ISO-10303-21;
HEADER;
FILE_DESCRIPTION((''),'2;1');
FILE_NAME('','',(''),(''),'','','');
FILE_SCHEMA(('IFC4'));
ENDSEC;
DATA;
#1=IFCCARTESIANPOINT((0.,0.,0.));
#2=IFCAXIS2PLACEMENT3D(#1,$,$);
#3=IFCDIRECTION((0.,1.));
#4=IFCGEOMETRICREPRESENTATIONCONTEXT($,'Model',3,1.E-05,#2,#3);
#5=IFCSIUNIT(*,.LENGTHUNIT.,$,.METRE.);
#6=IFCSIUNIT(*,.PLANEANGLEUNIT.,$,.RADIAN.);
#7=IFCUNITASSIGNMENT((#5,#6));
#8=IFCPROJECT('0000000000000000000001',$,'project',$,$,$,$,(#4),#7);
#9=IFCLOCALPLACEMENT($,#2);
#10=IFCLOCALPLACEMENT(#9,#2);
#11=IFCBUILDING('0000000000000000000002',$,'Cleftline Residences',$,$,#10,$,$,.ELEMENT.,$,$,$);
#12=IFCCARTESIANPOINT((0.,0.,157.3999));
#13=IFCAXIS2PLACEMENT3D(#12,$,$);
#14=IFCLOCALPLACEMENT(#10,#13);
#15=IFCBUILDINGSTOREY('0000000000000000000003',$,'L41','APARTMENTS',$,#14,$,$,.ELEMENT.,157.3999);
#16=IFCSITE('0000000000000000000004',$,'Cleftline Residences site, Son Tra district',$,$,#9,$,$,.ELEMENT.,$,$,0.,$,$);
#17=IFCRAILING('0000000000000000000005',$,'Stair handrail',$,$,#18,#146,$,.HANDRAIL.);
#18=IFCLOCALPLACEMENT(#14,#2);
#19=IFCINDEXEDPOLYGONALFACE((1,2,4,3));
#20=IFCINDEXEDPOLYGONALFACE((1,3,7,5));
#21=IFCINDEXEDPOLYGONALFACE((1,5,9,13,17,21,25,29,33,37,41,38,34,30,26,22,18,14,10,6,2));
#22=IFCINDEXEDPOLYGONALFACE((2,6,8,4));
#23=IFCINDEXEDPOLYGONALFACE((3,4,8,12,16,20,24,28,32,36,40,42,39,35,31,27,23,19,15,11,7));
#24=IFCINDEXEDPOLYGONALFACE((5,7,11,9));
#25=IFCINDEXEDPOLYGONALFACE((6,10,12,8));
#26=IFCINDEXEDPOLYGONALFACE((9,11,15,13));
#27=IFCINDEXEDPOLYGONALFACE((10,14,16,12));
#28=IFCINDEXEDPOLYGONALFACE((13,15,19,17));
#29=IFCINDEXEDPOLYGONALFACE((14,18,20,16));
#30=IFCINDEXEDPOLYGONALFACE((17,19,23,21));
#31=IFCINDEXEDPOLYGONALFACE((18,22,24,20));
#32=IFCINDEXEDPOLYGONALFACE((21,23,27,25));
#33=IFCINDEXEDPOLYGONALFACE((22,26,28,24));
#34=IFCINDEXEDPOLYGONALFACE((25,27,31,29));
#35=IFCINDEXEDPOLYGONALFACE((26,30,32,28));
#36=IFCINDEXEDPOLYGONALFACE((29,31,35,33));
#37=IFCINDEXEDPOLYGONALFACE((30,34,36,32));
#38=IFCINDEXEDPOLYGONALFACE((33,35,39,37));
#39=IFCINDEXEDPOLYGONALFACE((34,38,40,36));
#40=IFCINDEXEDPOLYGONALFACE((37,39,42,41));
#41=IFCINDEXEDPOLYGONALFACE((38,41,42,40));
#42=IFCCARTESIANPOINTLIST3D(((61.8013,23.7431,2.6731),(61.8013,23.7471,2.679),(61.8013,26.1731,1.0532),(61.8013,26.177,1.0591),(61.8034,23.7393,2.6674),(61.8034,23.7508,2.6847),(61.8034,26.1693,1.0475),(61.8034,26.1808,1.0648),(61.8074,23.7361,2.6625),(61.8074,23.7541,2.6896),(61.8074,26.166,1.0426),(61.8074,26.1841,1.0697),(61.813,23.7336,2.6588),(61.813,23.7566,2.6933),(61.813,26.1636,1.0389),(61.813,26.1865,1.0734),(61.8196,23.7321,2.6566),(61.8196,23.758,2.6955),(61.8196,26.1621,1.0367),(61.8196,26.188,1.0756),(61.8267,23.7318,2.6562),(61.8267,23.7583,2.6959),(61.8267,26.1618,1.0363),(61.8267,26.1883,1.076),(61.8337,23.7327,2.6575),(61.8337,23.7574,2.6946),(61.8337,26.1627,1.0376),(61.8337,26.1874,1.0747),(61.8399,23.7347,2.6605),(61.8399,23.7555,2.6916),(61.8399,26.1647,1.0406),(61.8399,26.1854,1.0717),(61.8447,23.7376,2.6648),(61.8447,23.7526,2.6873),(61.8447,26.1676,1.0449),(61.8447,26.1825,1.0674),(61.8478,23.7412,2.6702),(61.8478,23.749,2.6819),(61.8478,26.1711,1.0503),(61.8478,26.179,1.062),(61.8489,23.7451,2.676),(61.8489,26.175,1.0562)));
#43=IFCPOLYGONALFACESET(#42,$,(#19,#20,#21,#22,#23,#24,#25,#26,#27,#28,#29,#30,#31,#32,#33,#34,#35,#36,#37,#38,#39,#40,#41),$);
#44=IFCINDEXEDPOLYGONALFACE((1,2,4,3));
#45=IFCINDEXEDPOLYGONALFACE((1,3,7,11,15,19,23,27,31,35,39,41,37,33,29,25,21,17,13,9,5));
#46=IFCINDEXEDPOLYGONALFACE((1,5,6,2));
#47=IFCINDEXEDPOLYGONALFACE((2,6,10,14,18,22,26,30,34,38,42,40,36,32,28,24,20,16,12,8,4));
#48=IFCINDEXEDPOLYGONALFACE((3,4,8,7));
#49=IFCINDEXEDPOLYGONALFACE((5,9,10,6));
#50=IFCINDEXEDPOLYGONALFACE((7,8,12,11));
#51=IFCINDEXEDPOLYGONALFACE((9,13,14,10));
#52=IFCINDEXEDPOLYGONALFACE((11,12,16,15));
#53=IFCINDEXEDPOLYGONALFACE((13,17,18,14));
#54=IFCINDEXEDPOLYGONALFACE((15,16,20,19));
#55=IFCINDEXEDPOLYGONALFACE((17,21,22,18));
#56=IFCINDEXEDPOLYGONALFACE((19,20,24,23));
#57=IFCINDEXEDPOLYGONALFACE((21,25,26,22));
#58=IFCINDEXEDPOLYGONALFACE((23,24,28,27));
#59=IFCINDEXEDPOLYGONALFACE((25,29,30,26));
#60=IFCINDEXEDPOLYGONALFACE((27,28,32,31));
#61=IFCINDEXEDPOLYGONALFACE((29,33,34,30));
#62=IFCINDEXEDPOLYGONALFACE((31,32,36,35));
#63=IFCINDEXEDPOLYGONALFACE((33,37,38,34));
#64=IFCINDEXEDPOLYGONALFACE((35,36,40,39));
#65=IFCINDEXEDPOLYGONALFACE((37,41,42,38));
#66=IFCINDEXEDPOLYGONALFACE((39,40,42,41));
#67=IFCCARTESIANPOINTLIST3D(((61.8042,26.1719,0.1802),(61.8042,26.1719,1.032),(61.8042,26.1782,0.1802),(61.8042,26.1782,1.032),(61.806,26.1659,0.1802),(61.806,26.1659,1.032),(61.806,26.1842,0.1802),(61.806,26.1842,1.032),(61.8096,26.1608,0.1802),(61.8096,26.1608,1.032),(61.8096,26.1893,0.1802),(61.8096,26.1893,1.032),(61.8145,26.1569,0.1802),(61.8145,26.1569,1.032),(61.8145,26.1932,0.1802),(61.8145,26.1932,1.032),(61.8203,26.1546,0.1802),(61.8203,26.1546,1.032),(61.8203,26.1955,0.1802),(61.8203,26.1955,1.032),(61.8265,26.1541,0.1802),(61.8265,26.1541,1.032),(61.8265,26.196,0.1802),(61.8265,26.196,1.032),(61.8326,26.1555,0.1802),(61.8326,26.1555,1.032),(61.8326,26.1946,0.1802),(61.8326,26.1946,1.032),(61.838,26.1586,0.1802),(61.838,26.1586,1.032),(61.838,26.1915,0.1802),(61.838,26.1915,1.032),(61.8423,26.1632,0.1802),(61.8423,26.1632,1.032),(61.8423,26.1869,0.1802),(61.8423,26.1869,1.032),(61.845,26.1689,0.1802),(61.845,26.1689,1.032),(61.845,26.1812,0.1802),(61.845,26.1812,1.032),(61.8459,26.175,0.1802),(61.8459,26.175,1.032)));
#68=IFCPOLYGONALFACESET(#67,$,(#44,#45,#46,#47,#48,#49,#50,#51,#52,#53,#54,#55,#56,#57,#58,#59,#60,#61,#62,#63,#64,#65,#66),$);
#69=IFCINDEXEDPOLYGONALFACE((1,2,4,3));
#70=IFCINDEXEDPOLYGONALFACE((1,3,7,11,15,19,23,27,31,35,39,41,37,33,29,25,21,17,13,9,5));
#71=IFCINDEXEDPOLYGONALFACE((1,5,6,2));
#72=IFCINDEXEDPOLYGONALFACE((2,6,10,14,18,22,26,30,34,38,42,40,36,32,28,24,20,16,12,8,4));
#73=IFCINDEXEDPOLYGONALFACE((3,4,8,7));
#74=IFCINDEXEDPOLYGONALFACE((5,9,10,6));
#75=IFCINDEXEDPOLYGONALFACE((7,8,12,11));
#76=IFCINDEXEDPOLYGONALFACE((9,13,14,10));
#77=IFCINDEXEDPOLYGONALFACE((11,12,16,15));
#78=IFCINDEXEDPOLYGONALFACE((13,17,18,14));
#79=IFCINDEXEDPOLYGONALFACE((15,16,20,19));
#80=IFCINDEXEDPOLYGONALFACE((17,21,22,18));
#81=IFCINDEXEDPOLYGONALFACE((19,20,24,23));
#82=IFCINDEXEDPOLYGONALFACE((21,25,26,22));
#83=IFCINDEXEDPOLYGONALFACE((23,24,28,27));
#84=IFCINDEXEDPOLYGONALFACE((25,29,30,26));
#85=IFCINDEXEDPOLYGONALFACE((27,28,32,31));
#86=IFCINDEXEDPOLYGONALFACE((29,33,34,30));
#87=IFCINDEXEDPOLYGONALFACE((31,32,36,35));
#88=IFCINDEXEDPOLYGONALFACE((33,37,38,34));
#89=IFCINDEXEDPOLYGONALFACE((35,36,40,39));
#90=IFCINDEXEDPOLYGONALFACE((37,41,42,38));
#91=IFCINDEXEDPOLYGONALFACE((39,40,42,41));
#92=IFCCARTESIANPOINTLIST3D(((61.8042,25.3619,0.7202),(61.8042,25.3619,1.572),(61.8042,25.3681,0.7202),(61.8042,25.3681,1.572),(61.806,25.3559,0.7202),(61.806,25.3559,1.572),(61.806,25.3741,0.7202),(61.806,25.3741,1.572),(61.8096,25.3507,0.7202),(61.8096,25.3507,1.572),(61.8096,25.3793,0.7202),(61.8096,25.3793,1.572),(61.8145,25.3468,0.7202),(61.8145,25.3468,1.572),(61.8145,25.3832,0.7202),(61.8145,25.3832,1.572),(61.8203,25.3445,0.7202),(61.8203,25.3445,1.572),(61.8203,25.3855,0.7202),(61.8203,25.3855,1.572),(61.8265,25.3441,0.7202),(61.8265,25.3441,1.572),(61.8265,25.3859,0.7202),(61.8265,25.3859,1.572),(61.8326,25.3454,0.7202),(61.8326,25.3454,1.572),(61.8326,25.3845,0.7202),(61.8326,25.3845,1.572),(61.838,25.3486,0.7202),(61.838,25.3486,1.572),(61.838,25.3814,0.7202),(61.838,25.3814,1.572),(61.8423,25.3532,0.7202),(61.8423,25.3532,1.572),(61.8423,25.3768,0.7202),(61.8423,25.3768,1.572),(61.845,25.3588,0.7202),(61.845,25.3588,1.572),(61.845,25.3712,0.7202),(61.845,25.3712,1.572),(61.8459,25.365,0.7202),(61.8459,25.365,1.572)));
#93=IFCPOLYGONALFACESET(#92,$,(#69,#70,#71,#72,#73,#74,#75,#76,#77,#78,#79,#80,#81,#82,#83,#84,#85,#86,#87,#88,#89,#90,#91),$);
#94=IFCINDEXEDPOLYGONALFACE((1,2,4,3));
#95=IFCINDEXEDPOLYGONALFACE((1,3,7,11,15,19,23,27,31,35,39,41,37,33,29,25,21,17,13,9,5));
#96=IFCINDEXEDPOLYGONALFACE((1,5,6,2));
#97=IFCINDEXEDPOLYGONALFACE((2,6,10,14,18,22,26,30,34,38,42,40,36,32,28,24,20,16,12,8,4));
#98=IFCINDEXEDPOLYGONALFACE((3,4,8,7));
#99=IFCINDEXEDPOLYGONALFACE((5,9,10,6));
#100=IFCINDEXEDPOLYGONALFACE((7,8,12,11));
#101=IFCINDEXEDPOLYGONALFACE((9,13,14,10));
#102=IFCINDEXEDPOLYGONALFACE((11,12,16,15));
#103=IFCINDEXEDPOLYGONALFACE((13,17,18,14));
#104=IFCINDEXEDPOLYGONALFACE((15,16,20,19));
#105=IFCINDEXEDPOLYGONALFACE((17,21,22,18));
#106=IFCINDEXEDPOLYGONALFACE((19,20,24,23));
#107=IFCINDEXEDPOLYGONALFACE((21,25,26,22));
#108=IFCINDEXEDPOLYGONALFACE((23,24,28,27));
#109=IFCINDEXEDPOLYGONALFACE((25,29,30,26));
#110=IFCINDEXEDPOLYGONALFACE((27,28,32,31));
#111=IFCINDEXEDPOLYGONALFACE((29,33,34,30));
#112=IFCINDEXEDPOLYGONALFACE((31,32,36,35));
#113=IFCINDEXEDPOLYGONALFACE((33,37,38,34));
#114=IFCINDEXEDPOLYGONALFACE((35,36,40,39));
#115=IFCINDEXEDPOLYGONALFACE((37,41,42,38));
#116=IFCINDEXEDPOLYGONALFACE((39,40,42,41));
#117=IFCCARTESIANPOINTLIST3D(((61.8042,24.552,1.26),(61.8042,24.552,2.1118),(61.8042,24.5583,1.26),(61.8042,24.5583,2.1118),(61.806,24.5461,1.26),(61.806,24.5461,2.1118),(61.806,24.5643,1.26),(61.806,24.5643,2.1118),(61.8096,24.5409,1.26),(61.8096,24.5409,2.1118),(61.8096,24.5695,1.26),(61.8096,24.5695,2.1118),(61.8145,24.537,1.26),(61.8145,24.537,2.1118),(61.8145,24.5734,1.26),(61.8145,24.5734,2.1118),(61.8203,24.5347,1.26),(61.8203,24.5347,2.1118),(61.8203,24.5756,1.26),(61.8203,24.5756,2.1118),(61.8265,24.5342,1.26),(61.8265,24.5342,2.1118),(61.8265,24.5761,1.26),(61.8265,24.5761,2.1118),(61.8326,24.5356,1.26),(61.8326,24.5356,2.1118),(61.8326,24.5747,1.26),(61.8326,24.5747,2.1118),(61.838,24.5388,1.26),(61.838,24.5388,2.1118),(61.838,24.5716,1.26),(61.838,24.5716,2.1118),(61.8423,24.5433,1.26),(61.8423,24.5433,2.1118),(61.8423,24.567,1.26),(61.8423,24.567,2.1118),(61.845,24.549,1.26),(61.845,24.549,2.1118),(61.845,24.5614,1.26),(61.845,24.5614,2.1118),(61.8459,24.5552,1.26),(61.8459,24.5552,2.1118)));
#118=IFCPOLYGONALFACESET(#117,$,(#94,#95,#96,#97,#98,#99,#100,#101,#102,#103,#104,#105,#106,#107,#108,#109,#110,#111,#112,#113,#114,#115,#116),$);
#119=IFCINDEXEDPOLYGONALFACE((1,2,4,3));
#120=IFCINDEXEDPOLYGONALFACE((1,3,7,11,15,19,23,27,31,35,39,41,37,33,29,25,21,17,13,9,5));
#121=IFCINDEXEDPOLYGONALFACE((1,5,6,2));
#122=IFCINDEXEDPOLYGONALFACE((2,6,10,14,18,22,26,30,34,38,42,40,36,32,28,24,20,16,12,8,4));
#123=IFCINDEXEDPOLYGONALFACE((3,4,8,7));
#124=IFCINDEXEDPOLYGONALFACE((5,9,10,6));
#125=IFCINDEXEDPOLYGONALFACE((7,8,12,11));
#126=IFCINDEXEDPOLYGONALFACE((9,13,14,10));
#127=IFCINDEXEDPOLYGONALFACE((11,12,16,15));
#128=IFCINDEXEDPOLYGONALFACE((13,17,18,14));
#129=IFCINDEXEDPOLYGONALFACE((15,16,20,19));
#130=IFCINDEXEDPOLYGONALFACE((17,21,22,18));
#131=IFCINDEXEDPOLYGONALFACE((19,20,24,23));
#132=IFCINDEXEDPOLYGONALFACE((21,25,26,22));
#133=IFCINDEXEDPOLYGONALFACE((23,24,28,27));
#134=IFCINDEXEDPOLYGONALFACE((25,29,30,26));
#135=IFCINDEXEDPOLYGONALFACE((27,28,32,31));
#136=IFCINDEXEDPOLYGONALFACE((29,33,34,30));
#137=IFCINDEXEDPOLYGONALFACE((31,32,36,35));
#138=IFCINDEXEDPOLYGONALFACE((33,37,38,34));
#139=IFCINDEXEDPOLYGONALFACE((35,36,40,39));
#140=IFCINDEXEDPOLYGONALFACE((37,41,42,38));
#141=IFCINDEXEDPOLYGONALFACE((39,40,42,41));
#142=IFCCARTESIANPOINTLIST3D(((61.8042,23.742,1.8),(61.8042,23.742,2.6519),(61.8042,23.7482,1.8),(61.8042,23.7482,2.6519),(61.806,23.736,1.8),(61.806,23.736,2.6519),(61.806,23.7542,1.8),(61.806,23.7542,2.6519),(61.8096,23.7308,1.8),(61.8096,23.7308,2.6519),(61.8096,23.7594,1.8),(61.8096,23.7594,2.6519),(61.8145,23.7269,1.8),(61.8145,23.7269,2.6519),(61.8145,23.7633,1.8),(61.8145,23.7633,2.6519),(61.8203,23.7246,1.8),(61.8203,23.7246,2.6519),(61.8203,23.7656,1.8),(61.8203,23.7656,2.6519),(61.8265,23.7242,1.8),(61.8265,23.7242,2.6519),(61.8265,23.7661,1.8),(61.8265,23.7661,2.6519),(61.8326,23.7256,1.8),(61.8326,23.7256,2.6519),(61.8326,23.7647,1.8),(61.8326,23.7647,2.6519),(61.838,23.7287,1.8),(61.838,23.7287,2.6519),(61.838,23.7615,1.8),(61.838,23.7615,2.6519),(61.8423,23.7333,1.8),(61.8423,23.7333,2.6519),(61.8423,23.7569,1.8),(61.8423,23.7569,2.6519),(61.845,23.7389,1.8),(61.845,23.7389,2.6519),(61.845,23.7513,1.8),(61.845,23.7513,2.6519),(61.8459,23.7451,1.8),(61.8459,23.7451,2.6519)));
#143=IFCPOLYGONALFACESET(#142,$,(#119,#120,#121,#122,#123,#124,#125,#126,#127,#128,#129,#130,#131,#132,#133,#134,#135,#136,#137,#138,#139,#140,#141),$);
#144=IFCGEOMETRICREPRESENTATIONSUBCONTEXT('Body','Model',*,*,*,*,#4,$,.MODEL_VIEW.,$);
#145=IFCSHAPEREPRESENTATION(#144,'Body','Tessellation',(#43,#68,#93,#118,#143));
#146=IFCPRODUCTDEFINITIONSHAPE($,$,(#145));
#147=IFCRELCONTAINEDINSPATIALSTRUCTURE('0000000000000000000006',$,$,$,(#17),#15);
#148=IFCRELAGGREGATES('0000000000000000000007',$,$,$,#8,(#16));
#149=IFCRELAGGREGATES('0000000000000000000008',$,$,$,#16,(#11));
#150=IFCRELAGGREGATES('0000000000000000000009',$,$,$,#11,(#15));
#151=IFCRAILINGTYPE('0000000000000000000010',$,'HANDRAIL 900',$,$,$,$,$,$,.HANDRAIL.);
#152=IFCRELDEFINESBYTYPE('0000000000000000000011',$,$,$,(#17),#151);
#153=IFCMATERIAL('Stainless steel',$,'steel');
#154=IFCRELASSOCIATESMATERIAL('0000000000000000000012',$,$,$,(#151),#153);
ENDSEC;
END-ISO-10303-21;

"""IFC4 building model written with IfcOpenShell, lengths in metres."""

from ifc_helpers import new_model, si_unit, direction, frame, origin, origin_2d, place, context, subcontext, project, spatial, circle, extrude, material, type_object, element, save


model = new_model("IFC4")

# Units and contexts
model_context = context("Model", 3, precision=1e-05, world=origin(), true_north=direction((0.0, 1.0)))
body_context = subcontext(model_context, "Body", "Model", "MODEL_VIEW")
ifc_project = project(units=[si_unit("LENGTHUNIT", "METRE"), si_unit("PLANEANGLEUNIT", "RADIAN")], contexts=[model_context])

# Site, building, storey
site_placement = place(None, origin())
site = spatial("IfcSite", under=ifc_project, at=site_placement, Name="Cleftline Residences site, Son Tra district", CompositionType="ELEMENT", RefElevation=0.0)
building_placement = place(site_placement, origin())
building = spatial("IfcBuilding", under=site, at=building_placement, Name="Cleftline Residences", CompositionType="ELEMENT")
storey_placement = place(building_placement, frame((0.0, 0.0, 157.3999)))
storey = spatial("IfcBuildingStorey", under=building, at=storey_placement, Name="L41", Description="APARTMENTS", CompositionType="ELEMENT", Elevation=157.3999)

# Railing
ifc_material_1 = material(Name="Stainless steel", Category="steel")
railing_type = type_object("IfcRailingType", Name="HANDRAIL 900", PredefinedType="HANDRAIL", material=ifc_material_1)
railing_placement = place(storey_placement, frame((61.825, 26.175, 0.1802)))
element("IfcRailing", 1, at=railing_placement, inside=storey, type_object=railing_type, Name="Stair handrail", PredefinedType="HANDRAIL", context=body_context, shape_type="SweptSolid", body=[
    extrude(circle(Radius=0.0239, at=origin_2d()), frame((0.0, 0.0, 0.876), z_axis=(0.0, -0.832063, 0.554681), x_axis=(1.0, 0.0, 0.0)), (0.0, 0.0, 1.0), 2.9204),
    extrude(circle(Radius=0.021, at=origin_2d()), origin(), (0.0, 0.0, 1.0), 0.8518),
    extrude(circle(Radius=0.021, at=origin_2d()), frame((0.0, -0.8101, 0.54)), (0.0, 0.0, 1.0), 0.8518),
    extrude(circle(Radius=0.021, at=origin_2d()), frame((0.0, -1.6199, 1.0798)), (0.0, 0.0, 1.0), 0.8518),
    extrude(circle(Radius=0.021, at=origin_2d()), frame((0.0, -2.4299, 1.6199)), (0.0, 0.0, 1.0), 0.8518),
])

save(model, "model.ifc")
